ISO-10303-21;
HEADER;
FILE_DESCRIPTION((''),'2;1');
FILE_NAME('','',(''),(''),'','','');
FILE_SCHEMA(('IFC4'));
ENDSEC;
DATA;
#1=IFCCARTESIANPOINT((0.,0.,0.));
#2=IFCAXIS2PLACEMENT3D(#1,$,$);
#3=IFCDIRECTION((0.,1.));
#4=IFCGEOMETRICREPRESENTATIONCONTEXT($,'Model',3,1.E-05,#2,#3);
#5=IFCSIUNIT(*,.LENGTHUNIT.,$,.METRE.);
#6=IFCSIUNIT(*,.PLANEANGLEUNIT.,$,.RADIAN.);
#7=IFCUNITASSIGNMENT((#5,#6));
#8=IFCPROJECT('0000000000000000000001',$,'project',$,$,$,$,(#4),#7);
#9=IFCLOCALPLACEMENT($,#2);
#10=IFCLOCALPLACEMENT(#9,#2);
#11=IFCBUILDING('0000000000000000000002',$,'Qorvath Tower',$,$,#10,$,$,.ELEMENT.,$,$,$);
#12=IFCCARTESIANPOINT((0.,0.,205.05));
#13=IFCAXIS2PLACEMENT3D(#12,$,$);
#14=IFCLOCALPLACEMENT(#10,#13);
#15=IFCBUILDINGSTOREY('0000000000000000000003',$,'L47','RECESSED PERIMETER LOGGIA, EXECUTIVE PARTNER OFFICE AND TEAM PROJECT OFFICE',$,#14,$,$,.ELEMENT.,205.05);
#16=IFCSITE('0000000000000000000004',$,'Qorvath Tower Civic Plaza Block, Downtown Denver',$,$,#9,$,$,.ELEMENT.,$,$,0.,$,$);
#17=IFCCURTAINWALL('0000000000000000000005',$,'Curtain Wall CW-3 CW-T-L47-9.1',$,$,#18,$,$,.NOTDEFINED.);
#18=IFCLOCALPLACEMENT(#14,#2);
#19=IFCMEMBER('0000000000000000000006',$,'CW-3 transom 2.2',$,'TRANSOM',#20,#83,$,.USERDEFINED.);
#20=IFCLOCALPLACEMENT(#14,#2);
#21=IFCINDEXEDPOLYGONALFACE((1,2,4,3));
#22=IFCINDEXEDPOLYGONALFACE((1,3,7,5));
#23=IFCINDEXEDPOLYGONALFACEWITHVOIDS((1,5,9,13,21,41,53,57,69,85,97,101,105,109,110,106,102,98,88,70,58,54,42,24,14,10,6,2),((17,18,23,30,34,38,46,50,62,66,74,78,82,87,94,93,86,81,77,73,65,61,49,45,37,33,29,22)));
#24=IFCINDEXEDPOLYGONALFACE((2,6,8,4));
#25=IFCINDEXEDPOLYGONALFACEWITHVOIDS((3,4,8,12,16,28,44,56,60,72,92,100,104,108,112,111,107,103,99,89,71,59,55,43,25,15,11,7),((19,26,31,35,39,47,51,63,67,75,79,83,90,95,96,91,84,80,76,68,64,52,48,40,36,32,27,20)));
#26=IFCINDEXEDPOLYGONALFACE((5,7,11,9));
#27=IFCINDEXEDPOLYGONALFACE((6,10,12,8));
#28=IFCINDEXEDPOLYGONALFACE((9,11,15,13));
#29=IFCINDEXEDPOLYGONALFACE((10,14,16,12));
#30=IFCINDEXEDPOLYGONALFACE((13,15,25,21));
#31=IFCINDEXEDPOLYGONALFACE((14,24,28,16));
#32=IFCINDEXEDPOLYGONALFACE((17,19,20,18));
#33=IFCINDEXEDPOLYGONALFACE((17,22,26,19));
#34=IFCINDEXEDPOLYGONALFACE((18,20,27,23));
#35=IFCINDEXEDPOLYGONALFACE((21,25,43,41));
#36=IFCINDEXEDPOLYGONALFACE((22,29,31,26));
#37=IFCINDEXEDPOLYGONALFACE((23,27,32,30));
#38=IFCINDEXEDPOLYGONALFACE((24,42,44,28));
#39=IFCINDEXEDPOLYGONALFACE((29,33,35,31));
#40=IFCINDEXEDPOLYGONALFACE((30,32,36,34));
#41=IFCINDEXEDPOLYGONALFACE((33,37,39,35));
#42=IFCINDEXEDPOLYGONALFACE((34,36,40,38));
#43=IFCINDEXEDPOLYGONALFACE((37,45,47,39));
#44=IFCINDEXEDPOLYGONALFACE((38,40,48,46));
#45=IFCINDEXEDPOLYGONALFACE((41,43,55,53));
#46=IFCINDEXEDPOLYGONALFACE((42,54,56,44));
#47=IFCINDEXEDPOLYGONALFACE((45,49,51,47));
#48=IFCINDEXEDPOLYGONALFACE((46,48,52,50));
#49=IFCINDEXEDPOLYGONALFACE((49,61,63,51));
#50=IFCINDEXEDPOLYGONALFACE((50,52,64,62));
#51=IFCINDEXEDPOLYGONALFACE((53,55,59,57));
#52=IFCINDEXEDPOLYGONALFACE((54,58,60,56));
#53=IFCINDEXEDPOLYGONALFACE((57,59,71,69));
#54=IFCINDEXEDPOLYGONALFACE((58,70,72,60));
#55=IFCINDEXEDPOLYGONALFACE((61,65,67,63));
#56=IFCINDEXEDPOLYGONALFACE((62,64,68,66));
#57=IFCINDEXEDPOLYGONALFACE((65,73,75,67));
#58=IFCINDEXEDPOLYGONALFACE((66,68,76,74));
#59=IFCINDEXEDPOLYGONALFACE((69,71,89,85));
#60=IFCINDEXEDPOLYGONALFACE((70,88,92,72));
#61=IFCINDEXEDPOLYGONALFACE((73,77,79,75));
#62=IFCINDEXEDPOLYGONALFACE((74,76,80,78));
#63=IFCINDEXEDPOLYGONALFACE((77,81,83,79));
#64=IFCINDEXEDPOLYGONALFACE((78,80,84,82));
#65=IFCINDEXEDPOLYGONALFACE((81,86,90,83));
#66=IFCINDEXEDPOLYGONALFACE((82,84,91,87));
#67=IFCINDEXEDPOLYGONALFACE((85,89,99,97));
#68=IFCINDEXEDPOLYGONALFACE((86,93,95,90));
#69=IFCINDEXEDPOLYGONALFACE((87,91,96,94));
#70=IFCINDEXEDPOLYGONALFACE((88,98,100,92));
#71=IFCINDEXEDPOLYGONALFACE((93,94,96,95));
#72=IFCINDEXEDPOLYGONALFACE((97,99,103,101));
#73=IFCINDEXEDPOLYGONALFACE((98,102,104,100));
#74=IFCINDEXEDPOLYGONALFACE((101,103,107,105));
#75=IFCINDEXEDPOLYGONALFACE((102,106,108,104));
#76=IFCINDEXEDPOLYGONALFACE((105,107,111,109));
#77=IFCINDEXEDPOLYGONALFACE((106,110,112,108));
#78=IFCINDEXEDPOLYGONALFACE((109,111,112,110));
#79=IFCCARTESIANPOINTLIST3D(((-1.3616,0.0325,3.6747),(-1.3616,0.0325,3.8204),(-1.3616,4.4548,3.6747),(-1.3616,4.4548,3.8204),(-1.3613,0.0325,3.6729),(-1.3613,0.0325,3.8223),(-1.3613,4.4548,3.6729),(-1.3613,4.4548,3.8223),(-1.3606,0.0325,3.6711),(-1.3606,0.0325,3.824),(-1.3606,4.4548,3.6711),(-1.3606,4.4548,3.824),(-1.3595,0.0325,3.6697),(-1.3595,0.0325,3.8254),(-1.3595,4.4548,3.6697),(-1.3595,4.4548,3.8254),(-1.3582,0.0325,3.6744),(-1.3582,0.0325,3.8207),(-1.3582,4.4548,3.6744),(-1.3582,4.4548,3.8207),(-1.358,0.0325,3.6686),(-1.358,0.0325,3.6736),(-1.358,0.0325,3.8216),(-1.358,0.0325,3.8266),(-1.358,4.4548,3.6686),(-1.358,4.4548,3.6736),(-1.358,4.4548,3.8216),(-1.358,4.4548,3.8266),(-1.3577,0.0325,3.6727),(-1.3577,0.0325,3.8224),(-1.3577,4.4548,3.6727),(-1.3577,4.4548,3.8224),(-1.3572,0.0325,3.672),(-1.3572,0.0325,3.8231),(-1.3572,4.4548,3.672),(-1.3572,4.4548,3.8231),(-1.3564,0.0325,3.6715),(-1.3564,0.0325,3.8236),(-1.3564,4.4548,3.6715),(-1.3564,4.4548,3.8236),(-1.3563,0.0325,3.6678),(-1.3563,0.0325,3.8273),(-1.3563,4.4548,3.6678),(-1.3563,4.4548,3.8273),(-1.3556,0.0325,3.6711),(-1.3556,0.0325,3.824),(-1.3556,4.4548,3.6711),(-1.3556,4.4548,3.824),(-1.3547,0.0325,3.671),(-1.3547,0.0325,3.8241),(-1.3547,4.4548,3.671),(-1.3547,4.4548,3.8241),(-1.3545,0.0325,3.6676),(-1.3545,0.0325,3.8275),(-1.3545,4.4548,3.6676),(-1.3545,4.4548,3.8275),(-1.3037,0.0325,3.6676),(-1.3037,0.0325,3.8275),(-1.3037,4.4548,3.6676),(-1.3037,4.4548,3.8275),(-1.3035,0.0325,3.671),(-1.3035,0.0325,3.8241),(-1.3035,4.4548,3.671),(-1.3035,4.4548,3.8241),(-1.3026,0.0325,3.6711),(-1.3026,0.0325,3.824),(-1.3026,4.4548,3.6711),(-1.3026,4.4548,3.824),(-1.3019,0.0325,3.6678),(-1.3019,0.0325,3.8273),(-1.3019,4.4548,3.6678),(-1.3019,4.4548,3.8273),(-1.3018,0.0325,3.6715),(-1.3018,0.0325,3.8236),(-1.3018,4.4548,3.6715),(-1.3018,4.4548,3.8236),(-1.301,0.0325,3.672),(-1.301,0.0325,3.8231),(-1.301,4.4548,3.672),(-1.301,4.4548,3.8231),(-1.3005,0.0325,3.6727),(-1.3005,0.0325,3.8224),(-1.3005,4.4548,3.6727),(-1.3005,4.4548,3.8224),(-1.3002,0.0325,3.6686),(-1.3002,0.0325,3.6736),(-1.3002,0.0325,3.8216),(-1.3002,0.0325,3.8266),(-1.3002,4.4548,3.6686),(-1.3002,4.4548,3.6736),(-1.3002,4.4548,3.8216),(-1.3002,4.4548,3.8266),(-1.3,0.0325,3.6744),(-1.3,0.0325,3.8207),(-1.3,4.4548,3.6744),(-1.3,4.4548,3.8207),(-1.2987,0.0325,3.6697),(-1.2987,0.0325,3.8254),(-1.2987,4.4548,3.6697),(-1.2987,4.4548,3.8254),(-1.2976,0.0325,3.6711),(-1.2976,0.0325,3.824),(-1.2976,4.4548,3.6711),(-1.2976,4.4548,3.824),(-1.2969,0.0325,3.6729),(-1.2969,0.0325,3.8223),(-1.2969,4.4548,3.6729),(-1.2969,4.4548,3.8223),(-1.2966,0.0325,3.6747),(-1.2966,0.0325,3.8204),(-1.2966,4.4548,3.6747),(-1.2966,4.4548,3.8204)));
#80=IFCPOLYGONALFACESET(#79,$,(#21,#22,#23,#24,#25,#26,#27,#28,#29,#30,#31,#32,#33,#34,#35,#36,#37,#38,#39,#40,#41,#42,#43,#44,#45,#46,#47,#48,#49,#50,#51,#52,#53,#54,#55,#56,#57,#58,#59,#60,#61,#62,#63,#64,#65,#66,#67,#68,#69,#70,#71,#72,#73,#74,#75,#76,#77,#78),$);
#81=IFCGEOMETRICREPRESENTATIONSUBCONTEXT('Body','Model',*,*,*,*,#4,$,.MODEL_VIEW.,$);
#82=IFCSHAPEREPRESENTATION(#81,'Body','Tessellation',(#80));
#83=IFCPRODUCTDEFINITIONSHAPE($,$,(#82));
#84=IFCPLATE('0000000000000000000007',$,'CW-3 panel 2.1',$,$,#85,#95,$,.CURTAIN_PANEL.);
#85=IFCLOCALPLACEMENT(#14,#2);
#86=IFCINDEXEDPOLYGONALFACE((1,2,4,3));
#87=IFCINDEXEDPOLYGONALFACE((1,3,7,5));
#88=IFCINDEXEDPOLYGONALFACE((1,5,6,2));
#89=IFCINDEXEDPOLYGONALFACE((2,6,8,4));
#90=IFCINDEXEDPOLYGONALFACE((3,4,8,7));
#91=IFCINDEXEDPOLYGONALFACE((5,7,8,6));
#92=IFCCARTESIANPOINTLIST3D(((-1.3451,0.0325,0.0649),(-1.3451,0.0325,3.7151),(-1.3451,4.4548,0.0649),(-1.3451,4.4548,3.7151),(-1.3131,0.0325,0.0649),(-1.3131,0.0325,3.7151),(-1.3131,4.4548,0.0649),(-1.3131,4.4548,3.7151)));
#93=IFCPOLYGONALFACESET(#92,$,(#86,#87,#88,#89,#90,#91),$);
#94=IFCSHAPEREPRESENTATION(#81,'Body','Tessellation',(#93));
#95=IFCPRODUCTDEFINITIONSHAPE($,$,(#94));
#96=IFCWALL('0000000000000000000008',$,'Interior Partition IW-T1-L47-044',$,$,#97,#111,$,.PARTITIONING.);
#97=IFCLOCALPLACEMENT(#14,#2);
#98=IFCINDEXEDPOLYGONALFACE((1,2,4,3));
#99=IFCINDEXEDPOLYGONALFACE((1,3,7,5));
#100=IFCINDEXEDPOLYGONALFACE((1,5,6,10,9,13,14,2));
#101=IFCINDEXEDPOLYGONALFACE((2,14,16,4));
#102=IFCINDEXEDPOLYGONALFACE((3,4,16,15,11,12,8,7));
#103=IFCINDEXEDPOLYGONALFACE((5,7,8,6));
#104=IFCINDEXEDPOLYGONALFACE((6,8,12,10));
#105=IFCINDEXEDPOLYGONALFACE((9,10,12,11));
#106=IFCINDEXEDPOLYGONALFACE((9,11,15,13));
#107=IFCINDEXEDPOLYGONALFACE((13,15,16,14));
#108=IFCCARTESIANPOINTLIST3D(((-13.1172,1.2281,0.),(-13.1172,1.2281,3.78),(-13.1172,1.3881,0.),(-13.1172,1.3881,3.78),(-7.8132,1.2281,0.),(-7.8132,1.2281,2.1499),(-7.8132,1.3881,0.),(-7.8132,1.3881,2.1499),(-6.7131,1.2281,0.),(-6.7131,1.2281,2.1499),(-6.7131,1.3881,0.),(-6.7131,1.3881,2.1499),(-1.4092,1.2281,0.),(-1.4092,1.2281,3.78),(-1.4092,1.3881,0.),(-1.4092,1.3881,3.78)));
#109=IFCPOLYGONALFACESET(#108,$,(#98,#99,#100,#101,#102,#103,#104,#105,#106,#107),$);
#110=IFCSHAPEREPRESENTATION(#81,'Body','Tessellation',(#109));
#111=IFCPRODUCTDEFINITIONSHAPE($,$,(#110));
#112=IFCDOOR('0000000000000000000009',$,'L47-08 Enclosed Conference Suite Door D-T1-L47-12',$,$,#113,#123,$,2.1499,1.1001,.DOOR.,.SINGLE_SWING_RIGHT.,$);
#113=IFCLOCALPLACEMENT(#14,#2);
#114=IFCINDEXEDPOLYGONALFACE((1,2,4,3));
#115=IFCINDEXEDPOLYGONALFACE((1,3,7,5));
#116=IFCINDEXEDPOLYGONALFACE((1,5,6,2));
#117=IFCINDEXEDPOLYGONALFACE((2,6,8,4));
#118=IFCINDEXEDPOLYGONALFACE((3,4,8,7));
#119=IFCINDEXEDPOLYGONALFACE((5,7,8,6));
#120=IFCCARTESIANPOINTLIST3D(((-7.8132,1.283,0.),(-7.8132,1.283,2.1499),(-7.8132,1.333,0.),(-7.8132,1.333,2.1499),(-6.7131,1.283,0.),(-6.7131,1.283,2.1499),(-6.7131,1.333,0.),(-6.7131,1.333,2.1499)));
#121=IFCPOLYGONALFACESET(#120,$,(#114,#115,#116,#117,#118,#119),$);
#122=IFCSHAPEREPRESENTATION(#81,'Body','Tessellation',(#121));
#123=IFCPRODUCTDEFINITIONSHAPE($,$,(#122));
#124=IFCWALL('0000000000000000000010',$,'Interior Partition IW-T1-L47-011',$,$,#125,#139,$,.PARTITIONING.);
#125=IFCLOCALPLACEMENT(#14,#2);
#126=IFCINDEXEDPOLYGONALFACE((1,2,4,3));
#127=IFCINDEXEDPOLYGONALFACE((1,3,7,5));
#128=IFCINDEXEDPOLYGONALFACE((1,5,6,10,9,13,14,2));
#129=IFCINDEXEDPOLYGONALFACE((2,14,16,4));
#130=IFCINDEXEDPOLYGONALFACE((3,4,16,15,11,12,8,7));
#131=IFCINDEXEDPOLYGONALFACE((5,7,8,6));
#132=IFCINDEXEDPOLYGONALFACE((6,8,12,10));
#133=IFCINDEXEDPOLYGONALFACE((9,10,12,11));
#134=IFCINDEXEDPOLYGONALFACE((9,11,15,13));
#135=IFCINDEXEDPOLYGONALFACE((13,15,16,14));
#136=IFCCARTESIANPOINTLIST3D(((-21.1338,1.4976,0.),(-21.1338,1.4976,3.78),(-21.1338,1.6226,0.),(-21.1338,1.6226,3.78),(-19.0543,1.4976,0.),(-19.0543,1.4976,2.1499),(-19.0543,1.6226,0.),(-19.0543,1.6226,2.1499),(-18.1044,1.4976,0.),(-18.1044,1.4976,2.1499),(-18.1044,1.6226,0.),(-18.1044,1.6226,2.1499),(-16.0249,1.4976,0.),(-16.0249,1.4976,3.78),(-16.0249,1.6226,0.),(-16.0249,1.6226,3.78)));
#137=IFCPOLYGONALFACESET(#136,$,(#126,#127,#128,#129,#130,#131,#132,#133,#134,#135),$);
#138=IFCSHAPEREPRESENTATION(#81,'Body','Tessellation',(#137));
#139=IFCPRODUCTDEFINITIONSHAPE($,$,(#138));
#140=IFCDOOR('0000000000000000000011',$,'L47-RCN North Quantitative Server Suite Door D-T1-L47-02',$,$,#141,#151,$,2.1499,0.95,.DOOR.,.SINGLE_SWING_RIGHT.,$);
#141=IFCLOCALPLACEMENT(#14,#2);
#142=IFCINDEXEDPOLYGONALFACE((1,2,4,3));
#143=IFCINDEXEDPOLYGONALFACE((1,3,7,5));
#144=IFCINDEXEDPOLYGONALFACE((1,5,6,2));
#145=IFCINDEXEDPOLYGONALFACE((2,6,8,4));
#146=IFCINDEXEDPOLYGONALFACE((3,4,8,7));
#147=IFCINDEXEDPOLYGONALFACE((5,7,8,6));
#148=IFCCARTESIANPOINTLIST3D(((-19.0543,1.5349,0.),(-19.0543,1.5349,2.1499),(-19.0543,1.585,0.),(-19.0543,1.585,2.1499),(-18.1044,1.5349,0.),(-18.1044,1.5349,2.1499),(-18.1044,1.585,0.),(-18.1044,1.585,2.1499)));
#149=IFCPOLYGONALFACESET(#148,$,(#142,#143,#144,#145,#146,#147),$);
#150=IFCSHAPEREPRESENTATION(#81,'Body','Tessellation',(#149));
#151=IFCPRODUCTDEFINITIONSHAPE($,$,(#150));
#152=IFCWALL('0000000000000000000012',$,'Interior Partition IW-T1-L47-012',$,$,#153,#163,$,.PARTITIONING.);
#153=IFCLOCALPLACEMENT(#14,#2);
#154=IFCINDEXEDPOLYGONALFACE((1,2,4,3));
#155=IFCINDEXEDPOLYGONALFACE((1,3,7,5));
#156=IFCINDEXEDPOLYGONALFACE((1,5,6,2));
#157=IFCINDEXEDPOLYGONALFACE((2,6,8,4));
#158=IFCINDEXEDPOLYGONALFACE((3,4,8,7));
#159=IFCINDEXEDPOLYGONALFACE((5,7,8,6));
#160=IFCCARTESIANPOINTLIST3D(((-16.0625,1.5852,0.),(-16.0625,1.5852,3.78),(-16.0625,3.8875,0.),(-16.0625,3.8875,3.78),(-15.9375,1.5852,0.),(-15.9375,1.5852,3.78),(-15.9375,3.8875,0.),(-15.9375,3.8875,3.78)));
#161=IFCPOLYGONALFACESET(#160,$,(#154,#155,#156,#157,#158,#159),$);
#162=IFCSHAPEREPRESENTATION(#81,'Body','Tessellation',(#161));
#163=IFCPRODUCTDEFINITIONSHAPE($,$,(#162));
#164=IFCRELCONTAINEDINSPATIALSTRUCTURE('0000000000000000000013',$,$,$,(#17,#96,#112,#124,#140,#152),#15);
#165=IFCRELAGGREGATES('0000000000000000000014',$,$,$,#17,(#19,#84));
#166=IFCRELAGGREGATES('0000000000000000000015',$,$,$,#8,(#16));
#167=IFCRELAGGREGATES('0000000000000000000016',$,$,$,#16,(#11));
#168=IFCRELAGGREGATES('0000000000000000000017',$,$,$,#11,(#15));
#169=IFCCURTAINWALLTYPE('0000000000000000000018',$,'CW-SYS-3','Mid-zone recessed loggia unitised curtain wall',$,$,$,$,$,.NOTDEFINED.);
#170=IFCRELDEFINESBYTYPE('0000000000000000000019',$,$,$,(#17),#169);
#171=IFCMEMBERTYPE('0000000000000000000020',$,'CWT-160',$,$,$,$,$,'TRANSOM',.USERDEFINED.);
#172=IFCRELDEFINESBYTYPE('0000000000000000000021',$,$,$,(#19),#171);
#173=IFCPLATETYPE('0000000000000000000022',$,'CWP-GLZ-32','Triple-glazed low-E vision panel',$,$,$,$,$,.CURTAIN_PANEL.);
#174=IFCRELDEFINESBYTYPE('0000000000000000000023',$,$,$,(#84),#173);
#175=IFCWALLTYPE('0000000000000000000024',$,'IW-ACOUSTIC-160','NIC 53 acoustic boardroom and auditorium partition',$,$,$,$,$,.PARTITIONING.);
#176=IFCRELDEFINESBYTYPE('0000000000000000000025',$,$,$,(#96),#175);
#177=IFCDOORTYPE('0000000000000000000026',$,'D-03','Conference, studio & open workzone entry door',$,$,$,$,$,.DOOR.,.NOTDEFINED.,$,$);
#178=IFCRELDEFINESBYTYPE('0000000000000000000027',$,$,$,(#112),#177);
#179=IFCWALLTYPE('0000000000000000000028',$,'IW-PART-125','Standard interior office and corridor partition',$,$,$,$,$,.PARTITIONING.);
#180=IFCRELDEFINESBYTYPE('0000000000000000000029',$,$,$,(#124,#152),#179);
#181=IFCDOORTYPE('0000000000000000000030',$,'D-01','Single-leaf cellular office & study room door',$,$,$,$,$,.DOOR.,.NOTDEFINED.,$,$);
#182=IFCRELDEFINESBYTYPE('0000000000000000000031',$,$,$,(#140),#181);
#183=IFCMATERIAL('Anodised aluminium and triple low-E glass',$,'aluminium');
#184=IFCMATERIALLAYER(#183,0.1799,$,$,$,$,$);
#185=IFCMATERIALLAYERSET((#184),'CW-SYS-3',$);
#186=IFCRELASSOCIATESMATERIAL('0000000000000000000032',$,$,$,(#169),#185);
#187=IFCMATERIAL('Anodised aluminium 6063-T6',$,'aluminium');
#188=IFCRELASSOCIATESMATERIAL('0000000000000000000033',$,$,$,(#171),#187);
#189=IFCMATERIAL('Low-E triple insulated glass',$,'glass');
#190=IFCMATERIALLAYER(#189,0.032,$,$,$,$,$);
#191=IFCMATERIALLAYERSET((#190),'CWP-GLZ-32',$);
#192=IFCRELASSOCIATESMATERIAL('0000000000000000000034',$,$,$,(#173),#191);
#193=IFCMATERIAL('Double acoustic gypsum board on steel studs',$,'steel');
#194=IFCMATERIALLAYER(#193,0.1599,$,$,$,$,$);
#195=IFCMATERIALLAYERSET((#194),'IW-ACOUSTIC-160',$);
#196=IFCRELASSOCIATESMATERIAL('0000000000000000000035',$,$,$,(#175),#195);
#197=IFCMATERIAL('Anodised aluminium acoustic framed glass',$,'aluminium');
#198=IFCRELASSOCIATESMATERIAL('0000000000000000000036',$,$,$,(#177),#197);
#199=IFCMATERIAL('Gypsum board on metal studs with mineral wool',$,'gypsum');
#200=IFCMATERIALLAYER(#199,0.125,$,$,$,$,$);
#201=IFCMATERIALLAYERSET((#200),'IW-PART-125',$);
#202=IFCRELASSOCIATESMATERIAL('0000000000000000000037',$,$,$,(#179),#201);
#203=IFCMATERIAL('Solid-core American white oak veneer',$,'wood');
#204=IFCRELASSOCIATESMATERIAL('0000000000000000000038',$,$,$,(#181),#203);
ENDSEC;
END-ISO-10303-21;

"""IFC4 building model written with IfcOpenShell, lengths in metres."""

from ifc_helpers import new_model, si_unit, direction, frame, frame_2d, origin, origin_2d, place, context, subcontext, project, spatial, rectangle, hollow_rectangle, extrude, material, layer, layer_set, material_profile, profile_set, type_object, element, fill, aggregate, save


model = new_model("IFC4")

# Units and contexts
model_context = context("Model", 3, precision=1e-05, world=origin(), true_north=direction((0.0, 1.0)))
body_context = subcontext(model_context, "Body", "Model", "MODEL_VIEW")
ifc_project = project(units=[si_unit("LENGTHUNIT", "METRE"), si_unit("PLANEANGLEUNIT", "RADIAN")], contexts=[model_context])

# Site, building, storey
site_placement = place(None, origin())
site = spatial("IfcSite", under=ifc_project, at=site_placement, Name="Qorvath Tower Civic Plaza Block, Downtown Denver", CompositionType="ELEMENT", RefElevation=0.0)
building_placement = place(site_placement, origin())
building = spatial("IfcBuilding", under=site, at=building_placement, Name="Qorvath Tower", CompositionType="ELEMENT")
storey_placement = place(building_placement, frame((0.0, 0.0, 205.05)))
storey = spatial("IfcBuildingStorey", under=building, at=storey_placement, Name="L47", Description="RECESSED PERIMETER LOGGIA, EXECUTIVE PARTNER OFFICE AND TEAM PROJECT OFFICE", CompositionType="ELEMENT", Elevation=205.05)

# Curtain wall, member, plate
ifc_material_1 = material(Name="Anodised aluminium and triple low-E glass", Category="aluminium")
ifc_layer_1 = layer(ifc_material_1, 0.1799)
ifc_layer_set_1 = layer_set([ifc_layer_1], Name="CW-SYS-3")
curtain_wall_type = type_object("IfcCurtainWallType", Name="CW-SYS-3", Description="Mid-zone recessed loggia unitised curtain wall", PredefinedType="NOTDEFINED", material=ifc_layer_set_1)
curtain_wall_placement = place(storey_placement, origin())
curtain_wall = element("IfcCurtainWall", 1, at=curtain_wall_placement, inside=storey, type_object=curtain_wall_type, Name="Curtain Wall CW-3 CW-T-L47-9.1", PredefinedType="NOTDEFINED")
ifc_material_2 = material(Name="Anodised aluminium 6063-T6", Category="aluminium")
ifc_material_profile_1 = material_profile(ifc_material_2, hollow_rectangle(XDim=0.0649, YDim=0.1599, WallThickness=0.0034, InnerFilletRadius=0.0034, OuterFilletRadius=0.0071, at=origin_2d()), Name="CWT 160x65")
ifc_profile_set_1 = profile_set([ifc_material_profile_1], Name="Anodised aluminium 6063-T6")
member_type_1 = type_object("IfcMemberType", Name="CWT-160", ElementType="TRANSOM", PredefinedType="USERDEFINED", material=ifc_profile_set_1)
member_1_placement = place(storey_placement, frame((-1.3291, 0.0325, 3.7476), z_axis=(0.0, 1.0, 0.0), x_axis=(-1.0, 0.0, 0.0)))
member_1 = element("IfcMember", 2, at=member_1_placement, type_object=member_type_1, Name="CW-3 transom 2.2", ObjectType="TRANSOM", PredefinedType="USERDEFINED", context=body_context, shape_type="SweptSolid", body=[
    extrude(hollow_rectangle(XDim=0.0649, YDim=0.1599, WallThickness=0.0034, InnerFilletRadius=0.0034, OuterFilletRadius=0.0071, at=origin_2d()), origin(), (0.0, 0.0, 1.0), 4.4224),
])
ifc_material_3 = material(Name="Low-E triple insulated glass", Category="glass")
ifc_layer_2 = layer(ifc_material_3, 0.032)
ifc_layer_set_2 = layer_set([ifc_layer_2], Name="CWP-GLZ-32")
plate_type = type_object("IfcPlateType", Name="CWP-GLZ-32", Description="Triple-glazed low-E vision panel", PredefinedType="CURTAIN_PANEL", material=ifc_layer_set_2)
plate_placement = place(storey_placement, frame((-1.3291, 2.2437, 0.0649), z_axis=(0.0, 0.0, 1.0), x_axis=(0.0, 1.0, 0.0)))
plate = element("IfcPlate", 3, at=plate_placement, type_object=plate_type, Name="CW-3 panel 2.1", PredefinedType="CURTAIN_PANEL", context=body_context, shape_type="SweptSolid", body=[
    extrude(rectangle(XDim=4.4224, YDim=0.032, at=origin_2d()), origin(), (0.0, 0.0, 1.0), 3.6501),
])
aggregate(curtain_wall, [member_1, plate])

# Walls, openings, doors
ifc_material_4 = material(Name="Double acoustic gypsum board on steel studs", Category="steel")
ifc_layer_3 = layer(ifc_material_4, 0.1599)
ifc_layer_set_3 = layer_set([ifc_layer_3], Name="IW-ACOUSTIC-160")
wall_type_1 = type_object("IfcWallType", Name="IW-ACOUSTIC-160", Description="NIC 53 acoustic boardroom and auditorium partition", PredefinedType="PARTITIONING", material=ifc_layer_set_3)
wall_1_placement = place(storey_placement, frame((-13.1172, 1.3081, 0.0), z_axis=(0.0, 0.0, 1.0), x_axis=(1.0, 0.0, 0.0)))
wall_1 = element("IfcWall", 4, at=wall_1_placement, inside=storey, type_object=wall_type_1, Name="Interior Partition IW-T1-L47-044", PredefinedType="PARTITIONING", context=body_context, shape_type="SweptSolid", body=[
    extrude(rectangle(XDim=11.708, YDim=0.1599, at=frame_2d((5.854, 0.0))), origin(), (0.0, 0.0, 1.0), 3.78),
])
opening_1_placement = place(wall_1_placement, frame((5.304, 0.0, 0.0)))
opening_1 = element("IfcOpeningElement", 5, at=opening_1_placement, cuts=wall_1, PredefinedType="OPENING", context=body_context, shape_type="SweptSolid", body=[
    extrude(rectangle(XDim=1.1001, YDim=2.1499, at=frame_2d((0.55, 1.075))), frame((0.0, 0.0898, 0.0), z_axis=(0.0, -1.0, 0.0), x_axis=(1.0, 0.0, 0.0)), (0.0, 0.0, 1.0), 0.1799),
])
ifc_material_5 = material(Name="Anodised aluminium acoustic framed glass", Category="aluminium")
door_type_1 = type_object("IfcDoorType", Name="D-03", Description="Conference, studio & open workzone entry door", OperationType="NOTDEFINED", PredefinedType="DOOR", material=ifc_material_5)
door_1_placement = place(opening_1_placement, origin())
door_1 = element("IfcDoor", 6, at=door_1_placement, inside=storey, type_object=door_type_1, Name="L47-08 Enclosed Conference Suite Door D-T1-L47-12", OperationType="SINGLE_SWING_RIGHT", OverallHeight=2.1499, OverallWidth=1.1001, PredefinedType="DOOR", context=body_context, shape_type="SweptSolid", body=[
    extrude(rectangle(XDim=1.1001, YDim=2.1499, at=frame_2d((0.55, 1.075))), frame((0.0, 0.0249, 0.0), z_axis=(0.0, -1.0, 0.0), x_axis=(1.0, 0.0, 0.0)), (0.0, 0.0, 1.0), 0.05),
])
fill(opening_1, door_1)
ifc_material_6 = material(Name="Gypsum board on metal studs with mineral wool", Category="gypsum")
ifc_layer_4 = layer(ifc_material_6, 0.125)
ifc_layer_set_4 = layer_set([ifc_layer_4], Name="IW-PART-125")
wall_type_2 = type_object("IfcWallType", Name="IW-PART-125", Description="Standard interior office and corridor partition", PredefinedType="PARTITIONING", material=ifc_layer_set_4)
wall_2_placement = place(storey_placement, frame((-21.1338, 1.5601, 0.0), z_axis=(0.0, 0.0, 1.0), x_axis=(1.0, 0.0, 0.0)))
wall_2 = element("IfcWall", 7, at=wall_2_placement, inside=storey, type_object=wall_type_2, Name="Interior Partition IW-T1-L47-011", PredefinedType="PARTITIONING", context=body_context, shape_type="SweptSolid", body=[
    extrude(rectangle(XDim=5.1089, YDim=0.125, at=frame_2d((2.5544, 0.0))), origin(), (0.0, 0.0, 1.0), 3.78),
])
opening_2_placement = place(wall_2_placement, frame((2.0793, 0.0, 0.0)))
opening_2 = element("IfcOpeningElement", 8, at=opening_2_placement, cuts=wall_2, PredefinedType="OPENING", context=body_context, shape_type="SweptSolid", body=[
    extrude(rectangle(XDim=0.95, YDim=2.1499, at=frame_2d((0.4751, 1.075))), frame((0.0, 0.0725, 0.0), z_axis=(0.0, -1.0, 0.0), x_axis=(1.0, 0.0, 0.0)), (0.0, 0.0, 1.0), 0.145),
])
ifc_material_7 = material(Name="Solid-core American white oak veneer", Category="wood")
door_type_2 = type_object("IfcDoorType", Name="D-01", Description="Single-leaf cellular office & study room door", OperationType="NOTDEFINED", PredefinedType="DOOR", material=ifc_material_7)
door_2_placement = place(opening_2_placement, origin())
door_2 = element("IfcDoor", 9, at=door_2_placement, inside=storey, type_object=door_type_2, Name="L47-RCN North Quantitative Server Suite Door D-T1-L47-02", OperationType="SINGLE_SWING_RIGHT", OverallHeight=2.1499, OverallWidth=0.95, PredefinedType="DOOR", context=body_context, shape_type="SweptSolid", body=[
    extrude(rectangle(XDim=0.95, YDim=2.1499, at=frame_2d((0.4751, 1.075))), frame((0.0, 0.0249, 0.0), z_axis=(0.0, -1.0, 0.0), x_axis=(1.0, 0.0, 0.0)), (0.0, 0.0, 1.0), 0.05),
])
fill(opening_2, door_2)

# Wall
wall_3_placement = place(storey_placement, frame((-16.0, 1.5852, 0.0), z_axis=(0.0, 0.0, 1.0), x_axis=(0.0, 1.0, 0.0)))
element("IfcWall", 10, at=wall_3_placement, inside=storey, type_object=wall_type_2, Name="Interior Partition IW-T1-L47-012", PredefinedType="PARTITIONING", context=body_context, shape_type="SweptSolid", body=[
    extrude(rectangle(XDim=2.3022, YDim=0.125, at=frame_2d((1.1511, 0.0))), origin(), (0.0, 0.0, 1.0), 3.78),
])

save(model, "model.ifc")
